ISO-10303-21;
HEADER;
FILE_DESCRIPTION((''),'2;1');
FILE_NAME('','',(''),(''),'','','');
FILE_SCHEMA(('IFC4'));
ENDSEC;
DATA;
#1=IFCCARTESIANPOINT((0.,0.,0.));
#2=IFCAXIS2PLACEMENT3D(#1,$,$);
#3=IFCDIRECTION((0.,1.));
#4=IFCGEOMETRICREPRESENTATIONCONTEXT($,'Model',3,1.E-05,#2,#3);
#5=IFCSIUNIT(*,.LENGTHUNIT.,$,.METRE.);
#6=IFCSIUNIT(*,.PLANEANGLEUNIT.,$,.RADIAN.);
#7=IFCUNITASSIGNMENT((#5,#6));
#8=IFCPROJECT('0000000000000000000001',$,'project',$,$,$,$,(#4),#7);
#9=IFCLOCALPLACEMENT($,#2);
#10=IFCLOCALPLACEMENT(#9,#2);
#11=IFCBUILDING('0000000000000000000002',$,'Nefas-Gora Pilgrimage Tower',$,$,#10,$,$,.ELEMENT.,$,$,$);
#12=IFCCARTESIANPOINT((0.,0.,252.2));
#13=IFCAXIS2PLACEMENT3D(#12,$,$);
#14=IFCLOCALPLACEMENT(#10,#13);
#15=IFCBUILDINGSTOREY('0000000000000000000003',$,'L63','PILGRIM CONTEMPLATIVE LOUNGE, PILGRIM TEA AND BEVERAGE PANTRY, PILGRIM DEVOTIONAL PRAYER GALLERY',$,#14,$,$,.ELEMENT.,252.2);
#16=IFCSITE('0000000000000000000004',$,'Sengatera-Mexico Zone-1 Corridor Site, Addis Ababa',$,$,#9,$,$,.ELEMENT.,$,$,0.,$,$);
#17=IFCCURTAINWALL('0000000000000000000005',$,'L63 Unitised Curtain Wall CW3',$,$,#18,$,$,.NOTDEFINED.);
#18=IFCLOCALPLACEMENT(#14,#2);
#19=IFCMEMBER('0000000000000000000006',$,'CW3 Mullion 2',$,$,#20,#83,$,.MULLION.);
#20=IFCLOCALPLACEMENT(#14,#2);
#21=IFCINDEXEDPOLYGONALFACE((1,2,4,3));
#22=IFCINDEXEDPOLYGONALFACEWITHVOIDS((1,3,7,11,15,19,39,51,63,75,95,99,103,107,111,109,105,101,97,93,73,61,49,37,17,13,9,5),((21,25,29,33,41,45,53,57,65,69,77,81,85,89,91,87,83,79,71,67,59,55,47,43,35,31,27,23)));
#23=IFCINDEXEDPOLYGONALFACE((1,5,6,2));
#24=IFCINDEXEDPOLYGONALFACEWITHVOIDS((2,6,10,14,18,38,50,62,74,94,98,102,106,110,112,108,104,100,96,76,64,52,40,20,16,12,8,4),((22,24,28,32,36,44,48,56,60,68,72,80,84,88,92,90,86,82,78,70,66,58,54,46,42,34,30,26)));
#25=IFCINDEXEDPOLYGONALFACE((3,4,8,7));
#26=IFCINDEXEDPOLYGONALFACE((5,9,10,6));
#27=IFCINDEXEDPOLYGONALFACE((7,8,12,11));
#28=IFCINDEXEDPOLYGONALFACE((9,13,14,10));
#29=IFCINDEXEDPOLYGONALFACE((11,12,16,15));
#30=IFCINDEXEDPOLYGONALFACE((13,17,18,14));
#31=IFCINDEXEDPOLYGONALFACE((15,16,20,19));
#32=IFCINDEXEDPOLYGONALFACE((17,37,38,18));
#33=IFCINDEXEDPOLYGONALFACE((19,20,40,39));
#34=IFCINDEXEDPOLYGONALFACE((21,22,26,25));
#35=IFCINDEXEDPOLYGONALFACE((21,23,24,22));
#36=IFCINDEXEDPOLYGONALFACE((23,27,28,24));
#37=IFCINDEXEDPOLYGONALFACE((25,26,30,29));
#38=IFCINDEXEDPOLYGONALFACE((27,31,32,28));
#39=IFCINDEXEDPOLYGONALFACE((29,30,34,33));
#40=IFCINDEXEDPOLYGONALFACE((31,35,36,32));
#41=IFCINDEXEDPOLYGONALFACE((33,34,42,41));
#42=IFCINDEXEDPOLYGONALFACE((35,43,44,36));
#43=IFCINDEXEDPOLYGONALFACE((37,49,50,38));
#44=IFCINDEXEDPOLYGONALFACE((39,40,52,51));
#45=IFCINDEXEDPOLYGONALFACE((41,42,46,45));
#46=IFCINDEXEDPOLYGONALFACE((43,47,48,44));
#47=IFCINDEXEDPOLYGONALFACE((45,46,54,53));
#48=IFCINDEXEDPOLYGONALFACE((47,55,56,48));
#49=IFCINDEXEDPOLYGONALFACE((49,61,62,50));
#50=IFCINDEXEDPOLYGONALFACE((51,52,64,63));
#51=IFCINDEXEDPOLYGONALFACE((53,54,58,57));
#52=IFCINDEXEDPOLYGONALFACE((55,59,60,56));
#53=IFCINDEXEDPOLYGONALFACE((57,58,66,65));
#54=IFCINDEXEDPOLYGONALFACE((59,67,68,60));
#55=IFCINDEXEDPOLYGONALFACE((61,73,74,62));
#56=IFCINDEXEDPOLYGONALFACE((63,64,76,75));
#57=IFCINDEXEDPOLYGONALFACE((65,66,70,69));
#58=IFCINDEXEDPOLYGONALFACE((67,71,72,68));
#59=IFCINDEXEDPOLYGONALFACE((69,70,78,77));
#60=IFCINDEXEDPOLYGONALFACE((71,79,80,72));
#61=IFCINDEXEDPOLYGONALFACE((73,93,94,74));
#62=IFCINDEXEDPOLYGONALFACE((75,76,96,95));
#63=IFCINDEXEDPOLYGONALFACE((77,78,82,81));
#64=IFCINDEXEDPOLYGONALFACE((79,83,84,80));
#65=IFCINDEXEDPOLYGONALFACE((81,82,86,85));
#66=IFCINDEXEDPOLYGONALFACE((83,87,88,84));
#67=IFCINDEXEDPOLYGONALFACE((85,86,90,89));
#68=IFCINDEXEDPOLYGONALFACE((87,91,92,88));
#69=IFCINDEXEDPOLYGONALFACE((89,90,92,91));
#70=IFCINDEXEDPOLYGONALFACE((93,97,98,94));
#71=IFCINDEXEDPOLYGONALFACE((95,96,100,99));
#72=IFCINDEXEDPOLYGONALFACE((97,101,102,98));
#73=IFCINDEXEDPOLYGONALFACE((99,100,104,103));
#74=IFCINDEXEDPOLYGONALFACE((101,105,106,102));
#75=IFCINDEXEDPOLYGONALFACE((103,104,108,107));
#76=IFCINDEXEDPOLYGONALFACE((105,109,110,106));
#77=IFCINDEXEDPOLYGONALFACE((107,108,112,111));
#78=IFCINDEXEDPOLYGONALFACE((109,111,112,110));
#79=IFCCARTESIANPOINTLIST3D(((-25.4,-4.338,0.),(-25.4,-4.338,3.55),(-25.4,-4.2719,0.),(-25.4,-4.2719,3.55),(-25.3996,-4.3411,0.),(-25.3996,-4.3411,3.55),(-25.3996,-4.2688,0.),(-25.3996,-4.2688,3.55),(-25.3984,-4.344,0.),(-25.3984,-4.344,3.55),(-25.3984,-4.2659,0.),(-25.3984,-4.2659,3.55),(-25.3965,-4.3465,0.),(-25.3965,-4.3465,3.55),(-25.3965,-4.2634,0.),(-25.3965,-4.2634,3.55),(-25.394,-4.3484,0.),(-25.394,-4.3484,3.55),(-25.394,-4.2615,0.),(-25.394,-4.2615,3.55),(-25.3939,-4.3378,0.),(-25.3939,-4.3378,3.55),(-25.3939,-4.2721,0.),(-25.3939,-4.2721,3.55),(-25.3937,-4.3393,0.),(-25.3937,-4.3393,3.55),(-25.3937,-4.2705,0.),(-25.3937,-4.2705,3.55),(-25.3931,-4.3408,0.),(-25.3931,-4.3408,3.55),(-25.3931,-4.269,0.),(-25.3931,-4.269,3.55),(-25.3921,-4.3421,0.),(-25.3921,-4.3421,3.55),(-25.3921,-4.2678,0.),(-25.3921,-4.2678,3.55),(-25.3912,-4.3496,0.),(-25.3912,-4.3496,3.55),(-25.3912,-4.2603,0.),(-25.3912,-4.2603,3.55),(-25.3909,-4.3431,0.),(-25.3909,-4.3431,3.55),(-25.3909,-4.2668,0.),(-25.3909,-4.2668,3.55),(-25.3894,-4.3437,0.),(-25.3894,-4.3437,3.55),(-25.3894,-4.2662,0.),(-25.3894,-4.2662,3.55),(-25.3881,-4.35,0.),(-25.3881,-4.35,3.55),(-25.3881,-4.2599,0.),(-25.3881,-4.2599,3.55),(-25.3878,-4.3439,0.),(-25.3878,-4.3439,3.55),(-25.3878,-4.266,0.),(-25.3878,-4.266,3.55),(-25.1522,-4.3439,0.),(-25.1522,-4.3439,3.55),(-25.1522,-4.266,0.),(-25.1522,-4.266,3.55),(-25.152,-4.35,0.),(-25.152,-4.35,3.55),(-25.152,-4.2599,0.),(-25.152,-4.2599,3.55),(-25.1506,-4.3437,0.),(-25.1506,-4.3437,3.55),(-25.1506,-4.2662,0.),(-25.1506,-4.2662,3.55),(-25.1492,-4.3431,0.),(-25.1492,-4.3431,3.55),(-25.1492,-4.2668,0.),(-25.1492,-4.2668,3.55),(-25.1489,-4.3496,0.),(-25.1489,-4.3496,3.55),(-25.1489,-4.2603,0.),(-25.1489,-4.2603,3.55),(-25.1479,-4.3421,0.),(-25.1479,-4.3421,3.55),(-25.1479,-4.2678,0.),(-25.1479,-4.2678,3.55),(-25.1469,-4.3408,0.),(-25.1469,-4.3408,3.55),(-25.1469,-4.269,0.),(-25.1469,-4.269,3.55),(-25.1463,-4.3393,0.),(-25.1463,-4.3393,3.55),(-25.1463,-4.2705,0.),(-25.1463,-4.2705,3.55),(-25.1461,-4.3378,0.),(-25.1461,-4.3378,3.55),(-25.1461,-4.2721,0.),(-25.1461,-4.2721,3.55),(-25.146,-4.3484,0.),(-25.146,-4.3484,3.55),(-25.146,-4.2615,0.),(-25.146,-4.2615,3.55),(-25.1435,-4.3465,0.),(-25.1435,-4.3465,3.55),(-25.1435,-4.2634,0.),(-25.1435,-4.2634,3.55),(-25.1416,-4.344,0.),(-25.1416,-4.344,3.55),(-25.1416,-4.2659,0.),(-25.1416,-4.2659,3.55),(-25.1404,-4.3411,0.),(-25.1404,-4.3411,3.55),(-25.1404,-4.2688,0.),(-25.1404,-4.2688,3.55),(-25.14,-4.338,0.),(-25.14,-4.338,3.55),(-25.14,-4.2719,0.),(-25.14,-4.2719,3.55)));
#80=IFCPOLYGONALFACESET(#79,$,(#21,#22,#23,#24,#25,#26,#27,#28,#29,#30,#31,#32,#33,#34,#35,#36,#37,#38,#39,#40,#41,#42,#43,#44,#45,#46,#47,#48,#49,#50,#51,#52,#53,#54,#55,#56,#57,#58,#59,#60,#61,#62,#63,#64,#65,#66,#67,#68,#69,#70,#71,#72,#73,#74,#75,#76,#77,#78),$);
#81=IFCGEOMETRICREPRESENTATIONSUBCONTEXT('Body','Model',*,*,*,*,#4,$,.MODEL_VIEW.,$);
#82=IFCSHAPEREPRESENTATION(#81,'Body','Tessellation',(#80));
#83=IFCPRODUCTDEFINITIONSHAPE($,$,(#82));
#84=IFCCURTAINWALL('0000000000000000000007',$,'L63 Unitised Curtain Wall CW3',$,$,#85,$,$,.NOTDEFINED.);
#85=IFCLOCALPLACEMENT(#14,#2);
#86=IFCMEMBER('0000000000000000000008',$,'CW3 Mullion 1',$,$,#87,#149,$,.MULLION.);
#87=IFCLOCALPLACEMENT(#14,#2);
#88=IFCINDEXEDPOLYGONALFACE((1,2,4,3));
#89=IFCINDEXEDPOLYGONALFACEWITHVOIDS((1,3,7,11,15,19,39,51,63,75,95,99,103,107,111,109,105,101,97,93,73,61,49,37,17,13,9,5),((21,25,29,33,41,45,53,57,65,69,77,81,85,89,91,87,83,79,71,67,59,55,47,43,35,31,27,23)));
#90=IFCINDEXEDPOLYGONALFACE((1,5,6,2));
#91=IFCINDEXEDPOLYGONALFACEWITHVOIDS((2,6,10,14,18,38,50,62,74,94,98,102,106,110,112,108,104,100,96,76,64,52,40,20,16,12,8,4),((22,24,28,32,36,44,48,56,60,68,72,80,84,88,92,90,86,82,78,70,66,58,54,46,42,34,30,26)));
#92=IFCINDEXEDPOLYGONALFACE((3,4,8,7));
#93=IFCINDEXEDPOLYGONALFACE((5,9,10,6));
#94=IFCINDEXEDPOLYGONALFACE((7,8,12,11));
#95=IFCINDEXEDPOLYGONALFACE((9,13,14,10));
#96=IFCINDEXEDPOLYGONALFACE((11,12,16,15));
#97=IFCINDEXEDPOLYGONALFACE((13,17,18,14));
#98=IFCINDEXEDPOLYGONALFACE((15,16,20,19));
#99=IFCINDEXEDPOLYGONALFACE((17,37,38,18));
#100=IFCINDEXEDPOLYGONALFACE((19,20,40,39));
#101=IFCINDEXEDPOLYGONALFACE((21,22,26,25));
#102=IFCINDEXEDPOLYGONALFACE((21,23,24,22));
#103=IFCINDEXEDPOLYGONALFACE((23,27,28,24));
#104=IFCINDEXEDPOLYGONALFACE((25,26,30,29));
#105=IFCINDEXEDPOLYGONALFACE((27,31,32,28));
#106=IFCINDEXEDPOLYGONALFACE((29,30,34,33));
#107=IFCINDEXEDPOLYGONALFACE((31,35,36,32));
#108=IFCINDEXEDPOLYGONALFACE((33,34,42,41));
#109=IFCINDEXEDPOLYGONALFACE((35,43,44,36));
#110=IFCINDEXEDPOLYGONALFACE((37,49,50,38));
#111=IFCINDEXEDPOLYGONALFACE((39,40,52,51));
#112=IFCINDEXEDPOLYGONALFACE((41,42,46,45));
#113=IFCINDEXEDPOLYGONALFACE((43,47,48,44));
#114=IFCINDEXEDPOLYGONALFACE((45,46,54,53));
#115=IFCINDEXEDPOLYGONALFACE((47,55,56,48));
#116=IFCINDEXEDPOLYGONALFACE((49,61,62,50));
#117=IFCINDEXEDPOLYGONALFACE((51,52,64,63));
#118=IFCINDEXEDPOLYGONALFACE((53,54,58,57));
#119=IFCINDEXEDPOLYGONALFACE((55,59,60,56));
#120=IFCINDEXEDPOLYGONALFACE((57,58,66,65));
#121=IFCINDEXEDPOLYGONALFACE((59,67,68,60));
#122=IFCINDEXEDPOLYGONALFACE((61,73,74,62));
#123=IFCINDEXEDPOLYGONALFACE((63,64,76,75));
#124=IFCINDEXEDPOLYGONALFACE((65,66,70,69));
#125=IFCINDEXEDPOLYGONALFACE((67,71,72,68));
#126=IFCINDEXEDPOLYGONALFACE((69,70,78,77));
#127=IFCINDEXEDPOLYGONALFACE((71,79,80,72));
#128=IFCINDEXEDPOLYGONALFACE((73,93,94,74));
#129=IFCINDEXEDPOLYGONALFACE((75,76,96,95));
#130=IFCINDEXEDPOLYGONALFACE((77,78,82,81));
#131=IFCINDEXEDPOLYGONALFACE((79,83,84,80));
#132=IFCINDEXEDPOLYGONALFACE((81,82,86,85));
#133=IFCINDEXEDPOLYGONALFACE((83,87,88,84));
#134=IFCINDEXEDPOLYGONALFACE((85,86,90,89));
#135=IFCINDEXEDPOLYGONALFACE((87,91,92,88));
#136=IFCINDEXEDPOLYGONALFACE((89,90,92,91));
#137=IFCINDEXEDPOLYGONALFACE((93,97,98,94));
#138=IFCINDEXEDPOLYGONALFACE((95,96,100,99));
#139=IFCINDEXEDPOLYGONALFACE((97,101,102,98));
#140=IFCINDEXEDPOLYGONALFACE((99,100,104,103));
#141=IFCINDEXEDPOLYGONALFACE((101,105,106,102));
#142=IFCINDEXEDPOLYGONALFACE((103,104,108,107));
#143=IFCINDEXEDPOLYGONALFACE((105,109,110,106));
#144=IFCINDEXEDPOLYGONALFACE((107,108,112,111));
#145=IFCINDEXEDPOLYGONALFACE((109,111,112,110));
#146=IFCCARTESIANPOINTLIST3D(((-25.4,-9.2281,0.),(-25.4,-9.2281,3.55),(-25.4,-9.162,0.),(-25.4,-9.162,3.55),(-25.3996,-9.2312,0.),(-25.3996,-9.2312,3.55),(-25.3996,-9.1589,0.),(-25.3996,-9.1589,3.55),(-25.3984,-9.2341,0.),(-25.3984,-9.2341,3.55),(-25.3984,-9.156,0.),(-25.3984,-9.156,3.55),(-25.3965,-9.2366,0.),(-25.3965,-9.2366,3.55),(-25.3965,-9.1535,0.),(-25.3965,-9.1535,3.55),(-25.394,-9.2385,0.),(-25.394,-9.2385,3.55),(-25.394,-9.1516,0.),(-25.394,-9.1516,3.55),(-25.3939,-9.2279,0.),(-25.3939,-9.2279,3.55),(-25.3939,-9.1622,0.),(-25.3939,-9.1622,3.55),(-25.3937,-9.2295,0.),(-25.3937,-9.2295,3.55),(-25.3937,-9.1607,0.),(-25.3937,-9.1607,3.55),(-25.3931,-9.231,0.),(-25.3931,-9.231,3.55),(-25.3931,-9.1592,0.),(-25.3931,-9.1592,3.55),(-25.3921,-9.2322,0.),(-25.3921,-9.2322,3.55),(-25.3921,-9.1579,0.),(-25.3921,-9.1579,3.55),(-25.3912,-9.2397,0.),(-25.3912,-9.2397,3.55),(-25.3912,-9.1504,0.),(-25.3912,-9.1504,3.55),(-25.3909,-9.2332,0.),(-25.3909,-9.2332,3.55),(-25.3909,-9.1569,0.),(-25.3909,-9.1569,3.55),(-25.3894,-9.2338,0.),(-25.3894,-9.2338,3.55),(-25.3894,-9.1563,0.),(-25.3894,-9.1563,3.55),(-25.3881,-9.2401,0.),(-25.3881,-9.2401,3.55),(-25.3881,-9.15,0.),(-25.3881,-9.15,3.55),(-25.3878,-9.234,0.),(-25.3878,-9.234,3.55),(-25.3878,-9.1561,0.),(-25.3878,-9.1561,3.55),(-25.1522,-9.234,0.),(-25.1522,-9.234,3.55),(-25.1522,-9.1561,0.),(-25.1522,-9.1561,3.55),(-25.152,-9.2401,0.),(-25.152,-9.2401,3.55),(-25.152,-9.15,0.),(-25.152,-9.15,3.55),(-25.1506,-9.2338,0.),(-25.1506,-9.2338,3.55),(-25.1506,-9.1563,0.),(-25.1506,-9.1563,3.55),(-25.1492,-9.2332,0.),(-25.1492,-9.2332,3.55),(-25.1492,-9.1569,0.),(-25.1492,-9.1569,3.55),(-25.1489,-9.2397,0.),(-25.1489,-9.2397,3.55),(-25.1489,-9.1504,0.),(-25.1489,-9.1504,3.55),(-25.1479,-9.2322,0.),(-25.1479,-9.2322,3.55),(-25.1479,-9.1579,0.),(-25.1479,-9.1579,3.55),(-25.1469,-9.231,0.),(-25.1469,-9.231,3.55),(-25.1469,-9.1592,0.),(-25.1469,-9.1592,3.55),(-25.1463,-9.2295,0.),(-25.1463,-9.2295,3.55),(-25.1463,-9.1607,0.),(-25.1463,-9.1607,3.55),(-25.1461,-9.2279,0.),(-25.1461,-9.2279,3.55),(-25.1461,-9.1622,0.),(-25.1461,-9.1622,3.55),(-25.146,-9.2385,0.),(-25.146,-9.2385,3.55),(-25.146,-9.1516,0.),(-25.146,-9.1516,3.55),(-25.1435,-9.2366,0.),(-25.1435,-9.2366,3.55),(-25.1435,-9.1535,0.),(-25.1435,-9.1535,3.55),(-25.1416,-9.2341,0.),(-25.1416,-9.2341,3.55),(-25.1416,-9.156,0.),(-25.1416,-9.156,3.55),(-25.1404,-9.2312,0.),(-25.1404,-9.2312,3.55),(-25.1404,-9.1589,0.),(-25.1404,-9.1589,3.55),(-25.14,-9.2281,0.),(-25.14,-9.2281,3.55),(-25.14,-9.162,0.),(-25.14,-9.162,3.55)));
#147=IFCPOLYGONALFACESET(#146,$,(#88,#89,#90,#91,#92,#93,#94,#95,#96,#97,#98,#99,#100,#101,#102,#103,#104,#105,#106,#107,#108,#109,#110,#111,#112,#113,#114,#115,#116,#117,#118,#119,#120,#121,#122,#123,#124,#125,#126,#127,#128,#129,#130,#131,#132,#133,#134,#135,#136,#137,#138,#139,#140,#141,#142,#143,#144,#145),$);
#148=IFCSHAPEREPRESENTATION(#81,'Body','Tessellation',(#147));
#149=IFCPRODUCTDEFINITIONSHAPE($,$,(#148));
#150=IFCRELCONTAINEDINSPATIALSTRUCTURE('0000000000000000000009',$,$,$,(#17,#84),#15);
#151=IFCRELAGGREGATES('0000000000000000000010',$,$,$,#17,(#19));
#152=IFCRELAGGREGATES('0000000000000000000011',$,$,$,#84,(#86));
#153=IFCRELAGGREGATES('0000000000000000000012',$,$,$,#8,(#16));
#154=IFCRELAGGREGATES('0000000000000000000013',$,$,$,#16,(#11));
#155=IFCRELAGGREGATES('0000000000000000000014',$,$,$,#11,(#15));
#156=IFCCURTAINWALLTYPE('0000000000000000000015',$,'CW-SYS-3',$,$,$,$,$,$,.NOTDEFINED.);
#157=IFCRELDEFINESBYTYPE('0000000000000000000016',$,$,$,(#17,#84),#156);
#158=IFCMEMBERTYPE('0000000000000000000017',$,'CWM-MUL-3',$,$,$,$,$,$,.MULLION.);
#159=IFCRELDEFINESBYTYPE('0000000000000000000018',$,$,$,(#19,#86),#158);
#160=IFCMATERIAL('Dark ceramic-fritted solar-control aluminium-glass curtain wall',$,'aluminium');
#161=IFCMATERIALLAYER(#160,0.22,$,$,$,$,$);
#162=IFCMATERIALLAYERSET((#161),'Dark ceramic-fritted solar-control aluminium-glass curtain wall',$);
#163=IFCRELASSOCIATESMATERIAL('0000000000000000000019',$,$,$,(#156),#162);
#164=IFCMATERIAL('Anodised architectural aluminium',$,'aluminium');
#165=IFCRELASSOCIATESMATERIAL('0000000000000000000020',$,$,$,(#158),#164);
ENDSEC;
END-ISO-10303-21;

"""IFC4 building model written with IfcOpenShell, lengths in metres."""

from ifc_helpers import new_model, si_unit, direction, frame, origin, origin_2d, place, context, subcontext, project, spatial, hollow_rectangle, extrude, source, transform, mapped, material, layer, layer_set, material_profile, profile_set, type_object, element, aggregate, save


model = new_model("IFC4")

# Units and contexts
model_context = context("Model", 3, precision=1e-05, world=origin(), true_north=direction((0.0, 1.0)))
body_context = subcontext(model_context, "Body", "Model", "MODEL_VIEW")
ifc_project = project(units=[si_unit("LENGTHUNIT", "METRE"), si_unit("PLANEANGLEUNIT", "RADIAN")], contexts=[model_context])

# Site, building, storey
site_placement = place(None, origin())
site = spatial("IfcSite", under=ifc_project, at=site_placement, Name="Sengatera-Mexico Zone-1 Corridor Site, Addis Ababa", CompositionType="ELEMENT", RefElevation=0.0)
building_placement = place(site_placement, origin())
building = spatial("IfcBuilding", under=site, at=building_placement, Name="Nefas-Gora Pilgrimage Tower", CompositionType="ELEMENT")
storey_placement = place(building_placement, frame((0.0, 0.0, 252.2)))
storey = spatial("IfcBuildingStorey", under=building, at=storey_placement, Name="L63", Description="PILGRIM CONTEMPLATIVE LOUNGE, PILGRIM TEA AND BEVERAGE PANTRY, PILGRIM DEVOTIONAL PRAYER GALLERY", CompositionType="ELEMENT", Elevation=252.2)

# Curtain wall, member
ifc_material_1 = material(Name="Dark ceramic-fritted solar-control aluminium-glass curtain wall", Category="aluminium")
ifc_layer_1 = layer(ifc_material_1, 0.22)
ifc_layer_set_1 = layer_set([ifc_layer_1], Name="Dark ceramic-fritted solar-control aluminium-glass curtain wall")
curtain_wall_type = type_object("IfcCurtainWallType", Name="CW-SYS-3", PredefinedType="NOTDEFINED", material=ifc_layer_set_1)
curtain_wall_1_placement = place(storey_placement, origin())
curtain_wall_1 = element("IfcCurtainWall", 1, at=curtain_wall_1_placement, inside=storey, type_object=curtain_wall_type, Name="L63 Unitised Curtain Wall CW3", PredefinedType="NOTDEFINED")
ifc_material_2 = material(Name="Anodised architectural aluminium", Category="aluminium")
ifc_material_profile_1 = material_profile(ifc_material_2, hollow_rectangle(XDim=0.0901, YDim=0.26, WallThickness=0.0061, InnerFilletRadius=0.0061, OuterFilletRadius=0.012, at=origin_2d()), Name="ALU MULLION 90x260")
ifc_profile_set_1 = profile_set([ifc_material_profile_1], Name="Anodised architectural aluminium")
member_type_1 = type_object("IfcMemberType", Name="CWM-MUL-3", PredefinedType="MULLION", material=ifc_profile_set_1)
shared_shape_1 = source(origin(), body_context, "Body", "SweptSolid", [
    extrude(hollow_rectangle(XDim=0.0901, YDim=0.26, WallThickness=0.0061, InnerFilletRadius=0.0061, OuterFilletRadius=0.012, at=origin_2d()), origin(), (0.0, 0.0, 1.0), 3.55),
])
member_1_placement = place(storey_placement, frame((-25.27, -4.3049, 0.0), z_axis=(0.0, 0.0, 1.0), x_axis=(0.0, -1.0, 0.0)))
member_1 = element("IfcMember", 2, at=member_1_placement, type_object=member_type_1, Name="CW3 Mullion 2", PredefinedType="MULLION", context=body_context, shape_type="MappedRepresentation", body=[
    mapped(shared_shape_1, transform((0.0, 0.0, 0.0), x_axis=(1.0, 0.0, 0.0), y_axis=(0.0, 1.0, 0.0), z_axis=(0.0, 0.0, 1.0), scale=1.0)),
])
aggregate(curtain_wall_1, [member_1])

# Curtain wall, member
curtain_wall_2_placement = place(storey_placement, origin())
curtain_wall_2 = element("IfcCurtainWall", 3, at=curtain_wall_2_placement, inside=storey, type_object=curtain_wall_type, Name="L63 Unitised Curtain Wall CW3", PredefinedType="NOTDEFINED")
member_2_placement = place(storey_placement, frame((-25.27, -9.1951, 0.0), z_axis=(0.0, 0.0, 1.0), x_axis=(0.0, -1.0, 0.0)))
member_2 = element("IfcMember", 4, at=member_2_placement, type_object=member_type_1, Name="CW3 Mullion 1", PredefinedType="MULLION", context=body_context, shape_type="MappedRepresentation", body=[
    mapped(shared_shape_1, transform((0.0, 0.0, 0.0), x_axis=(1.0, 0.0, 0.0), y_axis=(0.0, 1.0, 0.0), z_axis=(0.0, 0.0, 1.0), scale=1.0)),
])
aggregate(curtain_wall_2, [member_2])

save(model, "model.ifc")
